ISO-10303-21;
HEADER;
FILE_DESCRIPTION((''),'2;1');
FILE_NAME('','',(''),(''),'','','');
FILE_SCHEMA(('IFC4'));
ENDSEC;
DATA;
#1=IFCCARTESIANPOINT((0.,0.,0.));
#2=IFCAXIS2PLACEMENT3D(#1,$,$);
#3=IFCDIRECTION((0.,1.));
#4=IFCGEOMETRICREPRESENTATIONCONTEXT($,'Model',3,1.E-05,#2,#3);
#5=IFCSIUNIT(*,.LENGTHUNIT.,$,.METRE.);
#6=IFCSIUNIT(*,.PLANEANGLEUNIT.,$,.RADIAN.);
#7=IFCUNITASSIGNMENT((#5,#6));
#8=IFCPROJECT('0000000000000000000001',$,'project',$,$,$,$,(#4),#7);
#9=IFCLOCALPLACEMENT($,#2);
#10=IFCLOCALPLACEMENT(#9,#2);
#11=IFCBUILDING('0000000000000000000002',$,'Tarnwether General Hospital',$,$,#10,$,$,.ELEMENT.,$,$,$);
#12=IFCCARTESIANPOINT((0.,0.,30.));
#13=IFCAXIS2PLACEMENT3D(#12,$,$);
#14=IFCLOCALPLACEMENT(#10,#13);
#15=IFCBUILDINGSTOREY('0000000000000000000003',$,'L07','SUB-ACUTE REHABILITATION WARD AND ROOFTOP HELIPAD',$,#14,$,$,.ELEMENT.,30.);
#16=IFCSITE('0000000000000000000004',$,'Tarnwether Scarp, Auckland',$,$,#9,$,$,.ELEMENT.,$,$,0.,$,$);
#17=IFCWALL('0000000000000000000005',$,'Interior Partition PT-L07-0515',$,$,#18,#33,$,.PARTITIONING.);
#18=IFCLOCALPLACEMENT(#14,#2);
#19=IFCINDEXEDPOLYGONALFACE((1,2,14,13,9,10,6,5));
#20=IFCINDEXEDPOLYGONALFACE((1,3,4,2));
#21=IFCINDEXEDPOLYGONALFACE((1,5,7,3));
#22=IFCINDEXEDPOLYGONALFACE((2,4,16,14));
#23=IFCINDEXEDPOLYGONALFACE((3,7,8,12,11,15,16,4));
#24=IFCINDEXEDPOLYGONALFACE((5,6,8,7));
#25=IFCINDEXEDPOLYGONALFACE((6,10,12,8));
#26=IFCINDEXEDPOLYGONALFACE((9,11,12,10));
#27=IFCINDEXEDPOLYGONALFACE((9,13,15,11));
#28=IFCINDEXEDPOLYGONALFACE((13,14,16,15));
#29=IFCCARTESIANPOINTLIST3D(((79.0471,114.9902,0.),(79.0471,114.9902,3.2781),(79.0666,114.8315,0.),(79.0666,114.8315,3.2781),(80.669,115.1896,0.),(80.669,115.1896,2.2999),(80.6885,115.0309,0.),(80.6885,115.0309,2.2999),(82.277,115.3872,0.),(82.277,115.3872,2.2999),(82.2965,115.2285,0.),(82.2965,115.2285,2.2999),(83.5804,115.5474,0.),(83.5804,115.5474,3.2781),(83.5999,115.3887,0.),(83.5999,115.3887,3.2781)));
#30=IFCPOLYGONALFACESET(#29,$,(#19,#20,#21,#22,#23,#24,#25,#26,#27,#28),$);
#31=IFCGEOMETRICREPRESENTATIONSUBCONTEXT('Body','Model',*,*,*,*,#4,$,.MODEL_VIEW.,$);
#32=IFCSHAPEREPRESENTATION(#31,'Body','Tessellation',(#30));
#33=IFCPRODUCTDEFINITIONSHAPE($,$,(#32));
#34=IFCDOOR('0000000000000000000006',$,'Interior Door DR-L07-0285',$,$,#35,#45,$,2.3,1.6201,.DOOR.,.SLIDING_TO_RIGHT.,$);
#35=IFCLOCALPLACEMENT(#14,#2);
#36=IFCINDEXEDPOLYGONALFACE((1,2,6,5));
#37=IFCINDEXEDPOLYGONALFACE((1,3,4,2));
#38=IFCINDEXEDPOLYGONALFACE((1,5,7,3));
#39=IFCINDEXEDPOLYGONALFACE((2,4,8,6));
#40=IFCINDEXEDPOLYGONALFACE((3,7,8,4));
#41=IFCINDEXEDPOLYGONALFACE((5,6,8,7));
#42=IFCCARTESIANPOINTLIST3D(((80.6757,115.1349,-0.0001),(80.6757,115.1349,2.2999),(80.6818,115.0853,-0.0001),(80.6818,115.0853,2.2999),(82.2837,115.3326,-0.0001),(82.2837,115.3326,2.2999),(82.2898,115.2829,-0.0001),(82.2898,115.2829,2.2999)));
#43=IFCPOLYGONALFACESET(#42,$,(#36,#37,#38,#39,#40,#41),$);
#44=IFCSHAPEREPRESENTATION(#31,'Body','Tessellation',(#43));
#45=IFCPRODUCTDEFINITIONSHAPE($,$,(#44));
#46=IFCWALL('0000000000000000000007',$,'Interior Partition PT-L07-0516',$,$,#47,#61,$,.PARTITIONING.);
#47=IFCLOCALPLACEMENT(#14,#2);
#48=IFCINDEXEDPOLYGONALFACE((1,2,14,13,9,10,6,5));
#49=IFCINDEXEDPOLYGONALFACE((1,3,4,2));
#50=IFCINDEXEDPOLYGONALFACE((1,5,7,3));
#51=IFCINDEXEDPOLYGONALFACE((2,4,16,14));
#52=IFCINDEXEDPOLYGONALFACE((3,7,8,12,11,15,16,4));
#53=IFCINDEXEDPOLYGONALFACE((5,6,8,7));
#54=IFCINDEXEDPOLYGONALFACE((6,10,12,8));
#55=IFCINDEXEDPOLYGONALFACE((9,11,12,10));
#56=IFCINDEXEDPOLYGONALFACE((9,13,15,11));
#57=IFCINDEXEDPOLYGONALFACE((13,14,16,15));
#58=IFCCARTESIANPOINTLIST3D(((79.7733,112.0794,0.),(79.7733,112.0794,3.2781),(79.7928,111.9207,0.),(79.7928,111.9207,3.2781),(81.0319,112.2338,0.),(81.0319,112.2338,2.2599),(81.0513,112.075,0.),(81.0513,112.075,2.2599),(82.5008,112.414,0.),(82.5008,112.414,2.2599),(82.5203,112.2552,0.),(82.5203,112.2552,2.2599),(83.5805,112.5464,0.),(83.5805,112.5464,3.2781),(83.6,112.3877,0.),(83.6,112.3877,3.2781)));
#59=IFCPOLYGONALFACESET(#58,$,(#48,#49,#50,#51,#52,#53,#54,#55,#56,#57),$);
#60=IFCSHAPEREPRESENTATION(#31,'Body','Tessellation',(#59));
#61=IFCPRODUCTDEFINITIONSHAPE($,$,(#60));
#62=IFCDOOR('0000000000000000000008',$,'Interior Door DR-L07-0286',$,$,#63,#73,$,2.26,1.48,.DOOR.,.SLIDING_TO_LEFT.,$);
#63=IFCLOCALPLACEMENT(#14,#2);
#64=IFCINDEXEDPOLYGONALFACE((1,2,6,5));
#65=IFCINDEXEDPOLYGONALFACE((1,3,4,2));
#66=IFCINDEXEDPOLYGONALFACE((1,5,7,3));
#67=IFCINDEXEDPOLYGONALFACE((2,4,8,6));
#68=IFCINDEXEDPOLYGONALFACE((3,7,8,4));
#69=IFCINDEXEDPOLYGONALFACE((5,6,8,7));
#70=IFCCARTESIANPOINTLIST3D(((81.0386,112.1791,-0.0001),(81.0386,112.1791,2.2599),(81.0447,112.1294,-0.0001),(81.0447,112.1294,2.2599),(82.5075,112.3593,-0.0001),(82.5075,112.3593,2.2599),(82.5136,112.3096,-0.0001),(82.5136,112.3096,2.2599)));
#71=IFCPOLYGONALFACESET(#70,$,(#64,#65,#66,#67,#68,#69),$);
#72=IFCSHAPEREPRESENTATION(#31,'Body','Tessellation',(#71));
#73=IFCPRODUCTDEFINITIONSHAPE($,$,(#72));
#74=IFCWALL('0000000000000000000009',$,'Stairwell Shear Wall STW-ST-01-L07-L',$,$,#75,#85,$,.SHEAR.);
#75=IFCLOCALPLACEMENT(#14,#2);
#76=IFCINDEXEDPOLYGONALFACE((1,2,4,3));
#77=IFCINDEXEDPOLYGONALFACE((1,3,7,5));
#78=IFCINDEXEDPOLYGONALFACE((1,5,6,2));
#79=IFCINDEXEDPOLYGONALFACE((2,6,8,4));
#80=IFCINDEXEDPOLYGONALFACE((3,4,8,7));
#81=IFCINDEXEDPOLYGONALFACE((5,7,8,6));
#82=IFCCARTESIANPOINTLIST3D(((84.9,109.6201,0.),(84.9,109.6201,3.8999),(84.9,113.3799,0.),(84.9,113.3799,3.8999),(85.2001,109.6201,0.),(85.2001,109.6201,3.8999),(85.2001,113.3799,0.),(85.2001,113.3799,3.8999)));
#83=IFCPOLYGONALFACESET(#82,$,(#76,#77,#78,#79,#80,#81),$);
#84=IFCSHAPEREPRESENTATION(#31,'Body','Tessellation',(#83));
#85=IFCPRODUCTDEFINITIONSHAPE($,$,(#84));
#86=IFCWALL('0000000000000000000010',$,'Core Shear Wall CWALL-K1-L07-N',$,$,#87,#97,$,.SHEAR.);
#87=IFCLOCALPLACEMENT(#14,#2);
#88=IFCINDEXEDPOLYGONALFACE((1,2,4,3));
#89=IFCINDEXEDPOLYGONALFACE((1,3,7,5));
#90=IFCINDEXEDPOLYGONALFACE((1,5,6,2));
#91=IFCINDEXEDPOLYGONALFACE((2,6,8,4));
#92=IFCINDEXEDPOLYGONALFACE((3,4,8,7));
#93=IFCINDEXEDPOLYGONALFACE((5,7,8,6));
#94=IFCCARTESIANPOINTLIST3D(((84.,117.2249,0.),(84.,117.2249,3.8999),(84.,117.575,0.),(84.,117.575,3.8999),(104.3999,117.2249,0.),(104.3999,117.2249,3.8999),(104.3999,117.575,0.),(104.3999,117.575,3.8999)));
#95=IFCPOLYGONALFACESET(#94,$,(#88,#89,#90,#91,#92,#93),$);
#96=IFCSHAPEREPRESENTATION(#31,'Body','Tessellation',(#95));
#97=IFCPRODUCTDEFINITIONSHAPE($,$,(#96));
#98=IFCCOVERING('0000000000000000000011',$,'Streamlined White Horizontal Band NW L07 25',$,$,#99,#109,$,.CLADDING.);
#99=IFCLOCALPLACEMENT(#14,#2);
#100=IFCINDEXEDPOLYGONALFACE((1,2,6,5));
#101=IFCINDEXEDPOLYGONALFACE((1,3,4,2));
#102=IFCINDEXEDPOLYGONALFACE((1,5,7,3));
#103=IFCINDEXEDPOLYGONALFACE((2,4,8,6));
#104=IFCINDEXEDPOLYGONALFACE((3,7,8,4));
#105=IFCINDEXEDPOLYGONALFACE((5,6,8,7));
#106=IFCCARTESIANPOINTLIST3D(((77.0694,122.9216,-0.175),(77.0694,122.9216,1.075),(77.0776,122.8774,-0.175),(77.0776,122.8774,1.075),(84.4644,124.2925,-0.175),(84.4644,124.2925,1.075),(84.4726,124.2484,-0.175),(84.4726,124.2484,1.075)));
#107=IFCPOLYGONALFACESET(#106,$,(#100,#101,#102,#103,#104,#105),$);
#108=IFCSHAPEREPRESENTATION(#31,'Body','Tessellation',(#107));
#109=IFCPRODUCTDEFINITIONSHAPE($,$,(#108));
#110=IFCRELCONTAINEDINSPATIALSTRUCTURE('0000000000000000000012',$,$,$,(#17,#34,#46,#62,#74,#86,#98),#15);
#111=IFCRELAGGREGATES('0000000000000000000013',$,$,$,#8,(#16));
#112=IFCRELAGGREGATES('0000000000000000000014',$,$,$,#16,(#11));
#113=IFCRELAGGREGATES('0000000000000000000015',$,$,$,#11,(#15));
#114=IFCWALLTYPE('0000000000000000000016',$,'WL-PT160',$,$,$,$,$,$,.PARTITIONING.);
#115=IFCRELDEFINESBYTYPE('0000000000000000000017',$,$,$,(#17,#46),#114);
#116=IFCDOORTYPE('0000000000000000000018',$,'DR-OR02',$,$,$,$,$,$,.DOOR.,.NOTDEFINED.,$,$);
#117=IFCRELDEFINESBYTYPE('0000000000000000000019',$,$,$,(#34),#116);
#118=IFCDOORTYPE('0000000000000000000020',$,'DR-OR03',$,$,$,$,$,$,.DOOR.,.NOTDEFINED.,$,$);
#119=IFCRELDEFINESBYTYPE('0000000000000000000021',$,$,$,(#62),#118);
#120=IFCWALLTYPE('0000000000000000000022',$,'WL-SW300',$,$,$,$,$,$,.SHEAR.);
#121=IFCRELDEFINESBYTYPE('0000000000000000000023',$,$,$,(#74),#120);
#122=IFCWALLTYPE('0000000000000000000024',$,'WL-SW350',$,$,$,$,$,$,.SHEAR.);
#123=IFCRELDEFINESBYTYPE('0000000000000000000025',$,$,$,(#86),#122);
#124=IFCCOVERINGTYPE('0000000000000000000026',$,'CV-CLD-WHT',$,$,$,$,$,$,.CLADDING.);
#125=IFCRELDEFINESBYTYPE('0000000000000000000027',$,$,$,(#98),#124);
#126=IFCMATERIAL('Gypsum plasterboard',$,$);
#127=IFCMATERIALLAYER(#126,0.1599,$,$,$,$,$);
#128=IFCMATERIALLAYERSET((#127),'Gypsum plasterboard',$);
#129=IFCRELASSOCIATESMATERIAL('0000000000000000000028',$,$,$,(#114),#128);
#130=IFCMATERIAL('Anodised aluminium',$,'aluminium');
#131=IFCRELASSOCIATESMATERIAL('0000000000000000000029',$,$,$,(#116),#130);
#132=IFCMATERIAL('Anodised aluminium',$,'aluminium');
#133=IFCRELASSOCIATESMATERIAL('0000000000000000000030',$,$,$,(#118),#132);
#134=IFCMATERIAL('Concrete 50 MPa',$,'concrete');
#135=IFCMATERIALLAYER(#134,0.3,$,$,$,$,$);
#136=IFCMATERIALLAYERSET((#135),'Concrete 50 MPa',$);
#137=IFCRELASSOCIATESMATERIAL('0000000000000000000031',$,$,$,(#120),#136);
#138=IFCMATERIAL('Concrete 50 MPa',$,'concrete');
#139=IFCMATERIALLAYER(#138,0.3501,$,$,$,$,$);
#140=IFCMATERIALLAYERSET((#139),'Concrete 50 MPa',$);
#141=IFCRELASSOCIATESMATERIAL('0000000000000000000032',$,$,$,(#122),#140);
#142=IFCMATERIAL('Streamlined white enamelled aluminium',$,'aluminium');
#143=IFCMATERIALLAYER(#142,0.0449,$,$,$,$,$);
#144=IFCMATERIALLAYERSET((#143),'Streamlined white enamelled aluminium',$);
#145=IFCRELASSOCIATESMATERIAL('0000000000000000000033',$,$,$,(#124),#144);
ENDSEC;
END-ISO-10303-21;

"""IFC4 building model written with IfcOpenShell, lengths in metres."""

from ifc_helpers import new_model, si_unit, direction, frame, frame_2d, origin, origin_2d, place, context, subcontext, project, spatial, rectangle, extrude, material, layer, layer_set, type_object, element, fill, save


model = new_model("IFC4")

# Units and contexts
model_context = context("Model", 3, precision=1e-05, world=origin(), true_north=direction((0.0, 1.0)))
body_context = subcontext(model_context, "Body", "Model", "MODEL_VIEW")
ifc_project = project(units=[si_unit("LENGTHUNIT", "METRE"), si_unit("PLANEANGLEUNIT", "RADIAN")], contexts=[model_context])

# Site, building, storey
site_placement = place(None, origin())
site = spatial("IfcSite", under=ifc_project, at=site_placement, Name="Tarnwether Scarp, Auckland", CompositionType="ELEMENT", RefElevation=0.0)
building_placement = place(site_placement, origin())
building = spatial("IfcBuilding", under=site, at=building_placement, Name="Tarnwether General Hospital", CompositionType="ELEMENT")
storey_placement = place(building_placement, frame((0.0, 0.0, 30.0)))
storey = spatial("IfcBuildingStorey", under=building, at=storey_placement, Name="L07", Description="SUB-ACUTE REHABILITATION WARD AND ROOFTOP HELIPAD", CompositionType="ELEMENT", Elevation=30.0)

# Walls, openings, doors
ifc_material_1 = material(Name="Gypsum plasterboard")
ifc_layer_1 = layer(ifc_material_1, 0.1599)
ifc_layer_set_1 = layer_set([ifc_layer_1], Name="Gypsum plasterboard")
wall_type_1 = type_object("IfcWallType", Name="WL-PT160", PredefinedType="PARTITIONING", material=ifc_layer_set_1)
wall_1_placement = place(storey_placement, frame((79.0569, 114.9109, 0.0), z_axis=(0.0, 0.0, 1.0), x_axis=(0.992532, 0.121982, 0.0)))
wall_1 = element("IfcWall", 1, at=wall_1_placement, inside=storey, type_object=wall_type_1, Name="Interior Partition PT-L07-0515", PredefinedType="PARTITIONING", context=body_context, shape_type="SweptSolid", body=[
    extrude(rectangle(XDim=4.5674, YDim=0.1599, at=frame_2d((2.2837, 0.0))), origin(), (0.0, 0.0, 1.0), 3.2781),
])
opening_1_placement = place(wall_1_placement, frame((1.634, 0.0, 0.0)))
opening_1 = element("IfcOpeningElement", 2, at=opening_1_placement, cuts=wall_1, PredefinedType="OPENING", context=body_context, shape_type="SweptSolid", body=[
    extrude(rectangle(XDim=1.6201, YDim=2.3, at=frame_2d((0.8101, 1.1499))), frame((0.0, 0.0898, 0.0), z_axis=(0.0, -1.0, 0.0), x_axis=(1.0, 0.0, 0.0)), (0.0, 0.0, 1.0), 0.1799),
])
ifc_material_2 = material(Name="Anodised aluminium", Category="aluminium")
door_type_1 = type_object("IfcDoorType", Name="DR-OR02", OperationType="NOTDEFINED", PredefinedType="DOOR", material=ifc_material_2)
door_1_placement = place(opening_1_placement, origin())
door_1 = element("IfcDoor", 3, at=door_1_placement, inside=storey, type_object=door_type_1, Name="Interior Door DR-L07-0285", OperationType="SLIDING_TO_RIGHT", OverallHeight=2.3, OverallWidth=1.6201, PredefinedType="DOOR", context=body_context, shape_type="SweptSolid", body=[
    extrude(rectangle(XDim=1.6201, YDim=2.3, at=frame_2d((0.8101, 1.1499))), frame((0.0, 0.0249, 0.0), z_axis=(0.0, -1.0, 0.0), x_axis=(1.0, 0.0, 0.0)), (0.0, 0.0, 1.0), 0.05),
])
fill(opening_1, door_1)
wall_2_placement = place(storey_placement, frame((79.783, 112.0, 0.0), z_axis=(0.0, 0.0, 1.0), x_axis=(0.992559, 0.121763, 0.0)))
wall_2 = element("IfcWall", 4, at=wall_2_placement, inside=storey, type_object=wall_type_1, Name="Interior Partition PT-L07-0516", PredefinedType="PARTITIONING", context=body_context, shape_type="SweptSolid", body=[
    extrude(rectangle(XDim=3.8357, YDim=0.1599, at=frame_2d((1.918, 0.0))), origin(), (0.0, 0.0, 1.0), 3.2781),
])
opening_2_placement = place(wall_2_placement, frame((1.2681, 0.0, 0.0)))
opening_2 = element("IfcOpeningElement", 5, at=opening_2_placement, cuts=wall_2, PredefinedType="OPENING", context=body_context, shape_type="SweptSolid", body=[
    extrude(rectangle(XDim=1.48, YDim=2.26, at=frame_2d((0.74, 1.1299))), frame((0.0, 0.0898, 0.0), z_axis=(0.0, -1.0, 0.0), x_axis=(1.0, 0.0, 0.0)), (0.0, 0.0, 1.0), 0.1799),
])
ifc_material_3 = material(Name="Anodised aluminium", Category="aluminium")
door_type_2 = type_object("IfcDoorType", Name="DR-OR03", OperationType="NOTDEFINED", PredefinedType="DOOR", material=ifc_material_3)
door_2_placement = place(opening_2_placement, origin())
door_2 = element("IfcDoor", 6, at=door_2_placement, inside=storey, type_object=door_type_2, Name="Interior Door DR-L07-0286", OperationType="SLIDING_TO_LEFT", OverallHeight=2.26, OverallWidth=1.48, PredefinedType="DOOR", context=body_context, shape_type="SweptSolid", body=[
    extrude(rectangle(XDim=1.48, YDim=2.26, at=frame_2d((0.74, 1.1299))), frame((0.0, 0.0249, 0.0), z_axis=(0.0, -1.0, 0.0), x_axis=(1.0, 0.0, 0.0)), (0.0, 0.0, 1.0), 0.05),
])
fill(opening_2, door_2)

# Walls
ifc_material_4 = material(Name="Concrete 50 MPa", Category="concrete")
ifc_layer_2 = layer(ifc_material_4, 0.3)
ifc_layer_set_2 = layer_set([ifc_layer_2], Name="Concrete 50 MPa")
wall_type_2 = type_object("IfcWallType", Name="WL-SW300", PredefinedType="SHEAR", material=ifc_layer_set_2)
wall_3_placement = place(storey_placement, frame((85.05, 109.6201, 0.0), z_axis=(0.0, 0.0, 1.0), x_axis=(0.0, 1.0, 0.0)))
element("IfcWall", 7, at=wall_3_placement, inside=storey, type_object=wall_type_2, Name="Stairwell Shear Wall STW-ST-01-L07-L", PredefinedType="SHEAR", context=body_context, shape_type="SweptSolid", body=[
    extrude(rectangle(XDim=3.7598, YDim=0.3, at=frame_2d((1.8799, 0.0))), origin(), (0.0, 0.0, 1.0), 3.8999),
])
ifc_material_5 = material(Name="Concrete 50 MPa", Category="concrete")
ifc_layer_3 = layer(ifc_material_5, 0.3501)
ifc_layer_set_3 = layer_set([ifc_layer_3], Name="Concrete 50 MPa")
wall_type_3 = type_object("IfcWallType", Name="WL-SW350", PredefinedType="SHEAR", material=ifc_layer_set_3)
wall_4_placement = place(storey_placement, frame((84.0, 117.3999, 0.0), z_axis=(0.0, 0.0, 1.0), x_axis=(1.0, 0.0, 0.0)))
element("IfcWall", 8, at=wall_4_placement, inside=storey, type_object=wall_type_3, Name="Core Shear Wall CWALL-K1-L07-N", PredefinedType="SHEAR", context=body_context, shape_type="SweptSolid", body=[
    extrude(rectangle(XDim=20.3999, YDim=0.3501, at=frame_2d((10.2, 0.0))), origin(), (0.0, 0.0, 1.0), 3.8999),
])

# Covering
ifc_material_6 = material(Name="Streamlined white enamelled aluminium", Category="aluminium")
ifc_layer_4 = layer(ifc_material_6, 0.0449)
ifc_layer_set_4 = layer_set([ifc_layer_4], Name="Streamlined white enamelled aluminium")
covering_type = type_object("IfcCoveringType", Name="CV-CLD-WHT", PredefinedType="CLADDING", material=ifc_layer_set_4)
covering_placement = place(storey_placement, frame((80.771, 123.585, -0.175), z_axis=(0.0, 0.0, 1.0), x_axis=(0.983245, 0.182287, 0.0)))
element("IfcCovering", 9, at=covering_placement, inside=storey, type_object=covering_type, Name="Streamlined White Horizontal Band NW L07 25", PredefinedType="CLADDING", context=body_context, shape_type="SweptSolid", body=[
    extrude(rectangle(XDim=7.521, YDim=0.0449, at=origin_2d()), origin(), (0.0, 0.0, 1.0), 1.25),
])

save(model, "model.ifc")
